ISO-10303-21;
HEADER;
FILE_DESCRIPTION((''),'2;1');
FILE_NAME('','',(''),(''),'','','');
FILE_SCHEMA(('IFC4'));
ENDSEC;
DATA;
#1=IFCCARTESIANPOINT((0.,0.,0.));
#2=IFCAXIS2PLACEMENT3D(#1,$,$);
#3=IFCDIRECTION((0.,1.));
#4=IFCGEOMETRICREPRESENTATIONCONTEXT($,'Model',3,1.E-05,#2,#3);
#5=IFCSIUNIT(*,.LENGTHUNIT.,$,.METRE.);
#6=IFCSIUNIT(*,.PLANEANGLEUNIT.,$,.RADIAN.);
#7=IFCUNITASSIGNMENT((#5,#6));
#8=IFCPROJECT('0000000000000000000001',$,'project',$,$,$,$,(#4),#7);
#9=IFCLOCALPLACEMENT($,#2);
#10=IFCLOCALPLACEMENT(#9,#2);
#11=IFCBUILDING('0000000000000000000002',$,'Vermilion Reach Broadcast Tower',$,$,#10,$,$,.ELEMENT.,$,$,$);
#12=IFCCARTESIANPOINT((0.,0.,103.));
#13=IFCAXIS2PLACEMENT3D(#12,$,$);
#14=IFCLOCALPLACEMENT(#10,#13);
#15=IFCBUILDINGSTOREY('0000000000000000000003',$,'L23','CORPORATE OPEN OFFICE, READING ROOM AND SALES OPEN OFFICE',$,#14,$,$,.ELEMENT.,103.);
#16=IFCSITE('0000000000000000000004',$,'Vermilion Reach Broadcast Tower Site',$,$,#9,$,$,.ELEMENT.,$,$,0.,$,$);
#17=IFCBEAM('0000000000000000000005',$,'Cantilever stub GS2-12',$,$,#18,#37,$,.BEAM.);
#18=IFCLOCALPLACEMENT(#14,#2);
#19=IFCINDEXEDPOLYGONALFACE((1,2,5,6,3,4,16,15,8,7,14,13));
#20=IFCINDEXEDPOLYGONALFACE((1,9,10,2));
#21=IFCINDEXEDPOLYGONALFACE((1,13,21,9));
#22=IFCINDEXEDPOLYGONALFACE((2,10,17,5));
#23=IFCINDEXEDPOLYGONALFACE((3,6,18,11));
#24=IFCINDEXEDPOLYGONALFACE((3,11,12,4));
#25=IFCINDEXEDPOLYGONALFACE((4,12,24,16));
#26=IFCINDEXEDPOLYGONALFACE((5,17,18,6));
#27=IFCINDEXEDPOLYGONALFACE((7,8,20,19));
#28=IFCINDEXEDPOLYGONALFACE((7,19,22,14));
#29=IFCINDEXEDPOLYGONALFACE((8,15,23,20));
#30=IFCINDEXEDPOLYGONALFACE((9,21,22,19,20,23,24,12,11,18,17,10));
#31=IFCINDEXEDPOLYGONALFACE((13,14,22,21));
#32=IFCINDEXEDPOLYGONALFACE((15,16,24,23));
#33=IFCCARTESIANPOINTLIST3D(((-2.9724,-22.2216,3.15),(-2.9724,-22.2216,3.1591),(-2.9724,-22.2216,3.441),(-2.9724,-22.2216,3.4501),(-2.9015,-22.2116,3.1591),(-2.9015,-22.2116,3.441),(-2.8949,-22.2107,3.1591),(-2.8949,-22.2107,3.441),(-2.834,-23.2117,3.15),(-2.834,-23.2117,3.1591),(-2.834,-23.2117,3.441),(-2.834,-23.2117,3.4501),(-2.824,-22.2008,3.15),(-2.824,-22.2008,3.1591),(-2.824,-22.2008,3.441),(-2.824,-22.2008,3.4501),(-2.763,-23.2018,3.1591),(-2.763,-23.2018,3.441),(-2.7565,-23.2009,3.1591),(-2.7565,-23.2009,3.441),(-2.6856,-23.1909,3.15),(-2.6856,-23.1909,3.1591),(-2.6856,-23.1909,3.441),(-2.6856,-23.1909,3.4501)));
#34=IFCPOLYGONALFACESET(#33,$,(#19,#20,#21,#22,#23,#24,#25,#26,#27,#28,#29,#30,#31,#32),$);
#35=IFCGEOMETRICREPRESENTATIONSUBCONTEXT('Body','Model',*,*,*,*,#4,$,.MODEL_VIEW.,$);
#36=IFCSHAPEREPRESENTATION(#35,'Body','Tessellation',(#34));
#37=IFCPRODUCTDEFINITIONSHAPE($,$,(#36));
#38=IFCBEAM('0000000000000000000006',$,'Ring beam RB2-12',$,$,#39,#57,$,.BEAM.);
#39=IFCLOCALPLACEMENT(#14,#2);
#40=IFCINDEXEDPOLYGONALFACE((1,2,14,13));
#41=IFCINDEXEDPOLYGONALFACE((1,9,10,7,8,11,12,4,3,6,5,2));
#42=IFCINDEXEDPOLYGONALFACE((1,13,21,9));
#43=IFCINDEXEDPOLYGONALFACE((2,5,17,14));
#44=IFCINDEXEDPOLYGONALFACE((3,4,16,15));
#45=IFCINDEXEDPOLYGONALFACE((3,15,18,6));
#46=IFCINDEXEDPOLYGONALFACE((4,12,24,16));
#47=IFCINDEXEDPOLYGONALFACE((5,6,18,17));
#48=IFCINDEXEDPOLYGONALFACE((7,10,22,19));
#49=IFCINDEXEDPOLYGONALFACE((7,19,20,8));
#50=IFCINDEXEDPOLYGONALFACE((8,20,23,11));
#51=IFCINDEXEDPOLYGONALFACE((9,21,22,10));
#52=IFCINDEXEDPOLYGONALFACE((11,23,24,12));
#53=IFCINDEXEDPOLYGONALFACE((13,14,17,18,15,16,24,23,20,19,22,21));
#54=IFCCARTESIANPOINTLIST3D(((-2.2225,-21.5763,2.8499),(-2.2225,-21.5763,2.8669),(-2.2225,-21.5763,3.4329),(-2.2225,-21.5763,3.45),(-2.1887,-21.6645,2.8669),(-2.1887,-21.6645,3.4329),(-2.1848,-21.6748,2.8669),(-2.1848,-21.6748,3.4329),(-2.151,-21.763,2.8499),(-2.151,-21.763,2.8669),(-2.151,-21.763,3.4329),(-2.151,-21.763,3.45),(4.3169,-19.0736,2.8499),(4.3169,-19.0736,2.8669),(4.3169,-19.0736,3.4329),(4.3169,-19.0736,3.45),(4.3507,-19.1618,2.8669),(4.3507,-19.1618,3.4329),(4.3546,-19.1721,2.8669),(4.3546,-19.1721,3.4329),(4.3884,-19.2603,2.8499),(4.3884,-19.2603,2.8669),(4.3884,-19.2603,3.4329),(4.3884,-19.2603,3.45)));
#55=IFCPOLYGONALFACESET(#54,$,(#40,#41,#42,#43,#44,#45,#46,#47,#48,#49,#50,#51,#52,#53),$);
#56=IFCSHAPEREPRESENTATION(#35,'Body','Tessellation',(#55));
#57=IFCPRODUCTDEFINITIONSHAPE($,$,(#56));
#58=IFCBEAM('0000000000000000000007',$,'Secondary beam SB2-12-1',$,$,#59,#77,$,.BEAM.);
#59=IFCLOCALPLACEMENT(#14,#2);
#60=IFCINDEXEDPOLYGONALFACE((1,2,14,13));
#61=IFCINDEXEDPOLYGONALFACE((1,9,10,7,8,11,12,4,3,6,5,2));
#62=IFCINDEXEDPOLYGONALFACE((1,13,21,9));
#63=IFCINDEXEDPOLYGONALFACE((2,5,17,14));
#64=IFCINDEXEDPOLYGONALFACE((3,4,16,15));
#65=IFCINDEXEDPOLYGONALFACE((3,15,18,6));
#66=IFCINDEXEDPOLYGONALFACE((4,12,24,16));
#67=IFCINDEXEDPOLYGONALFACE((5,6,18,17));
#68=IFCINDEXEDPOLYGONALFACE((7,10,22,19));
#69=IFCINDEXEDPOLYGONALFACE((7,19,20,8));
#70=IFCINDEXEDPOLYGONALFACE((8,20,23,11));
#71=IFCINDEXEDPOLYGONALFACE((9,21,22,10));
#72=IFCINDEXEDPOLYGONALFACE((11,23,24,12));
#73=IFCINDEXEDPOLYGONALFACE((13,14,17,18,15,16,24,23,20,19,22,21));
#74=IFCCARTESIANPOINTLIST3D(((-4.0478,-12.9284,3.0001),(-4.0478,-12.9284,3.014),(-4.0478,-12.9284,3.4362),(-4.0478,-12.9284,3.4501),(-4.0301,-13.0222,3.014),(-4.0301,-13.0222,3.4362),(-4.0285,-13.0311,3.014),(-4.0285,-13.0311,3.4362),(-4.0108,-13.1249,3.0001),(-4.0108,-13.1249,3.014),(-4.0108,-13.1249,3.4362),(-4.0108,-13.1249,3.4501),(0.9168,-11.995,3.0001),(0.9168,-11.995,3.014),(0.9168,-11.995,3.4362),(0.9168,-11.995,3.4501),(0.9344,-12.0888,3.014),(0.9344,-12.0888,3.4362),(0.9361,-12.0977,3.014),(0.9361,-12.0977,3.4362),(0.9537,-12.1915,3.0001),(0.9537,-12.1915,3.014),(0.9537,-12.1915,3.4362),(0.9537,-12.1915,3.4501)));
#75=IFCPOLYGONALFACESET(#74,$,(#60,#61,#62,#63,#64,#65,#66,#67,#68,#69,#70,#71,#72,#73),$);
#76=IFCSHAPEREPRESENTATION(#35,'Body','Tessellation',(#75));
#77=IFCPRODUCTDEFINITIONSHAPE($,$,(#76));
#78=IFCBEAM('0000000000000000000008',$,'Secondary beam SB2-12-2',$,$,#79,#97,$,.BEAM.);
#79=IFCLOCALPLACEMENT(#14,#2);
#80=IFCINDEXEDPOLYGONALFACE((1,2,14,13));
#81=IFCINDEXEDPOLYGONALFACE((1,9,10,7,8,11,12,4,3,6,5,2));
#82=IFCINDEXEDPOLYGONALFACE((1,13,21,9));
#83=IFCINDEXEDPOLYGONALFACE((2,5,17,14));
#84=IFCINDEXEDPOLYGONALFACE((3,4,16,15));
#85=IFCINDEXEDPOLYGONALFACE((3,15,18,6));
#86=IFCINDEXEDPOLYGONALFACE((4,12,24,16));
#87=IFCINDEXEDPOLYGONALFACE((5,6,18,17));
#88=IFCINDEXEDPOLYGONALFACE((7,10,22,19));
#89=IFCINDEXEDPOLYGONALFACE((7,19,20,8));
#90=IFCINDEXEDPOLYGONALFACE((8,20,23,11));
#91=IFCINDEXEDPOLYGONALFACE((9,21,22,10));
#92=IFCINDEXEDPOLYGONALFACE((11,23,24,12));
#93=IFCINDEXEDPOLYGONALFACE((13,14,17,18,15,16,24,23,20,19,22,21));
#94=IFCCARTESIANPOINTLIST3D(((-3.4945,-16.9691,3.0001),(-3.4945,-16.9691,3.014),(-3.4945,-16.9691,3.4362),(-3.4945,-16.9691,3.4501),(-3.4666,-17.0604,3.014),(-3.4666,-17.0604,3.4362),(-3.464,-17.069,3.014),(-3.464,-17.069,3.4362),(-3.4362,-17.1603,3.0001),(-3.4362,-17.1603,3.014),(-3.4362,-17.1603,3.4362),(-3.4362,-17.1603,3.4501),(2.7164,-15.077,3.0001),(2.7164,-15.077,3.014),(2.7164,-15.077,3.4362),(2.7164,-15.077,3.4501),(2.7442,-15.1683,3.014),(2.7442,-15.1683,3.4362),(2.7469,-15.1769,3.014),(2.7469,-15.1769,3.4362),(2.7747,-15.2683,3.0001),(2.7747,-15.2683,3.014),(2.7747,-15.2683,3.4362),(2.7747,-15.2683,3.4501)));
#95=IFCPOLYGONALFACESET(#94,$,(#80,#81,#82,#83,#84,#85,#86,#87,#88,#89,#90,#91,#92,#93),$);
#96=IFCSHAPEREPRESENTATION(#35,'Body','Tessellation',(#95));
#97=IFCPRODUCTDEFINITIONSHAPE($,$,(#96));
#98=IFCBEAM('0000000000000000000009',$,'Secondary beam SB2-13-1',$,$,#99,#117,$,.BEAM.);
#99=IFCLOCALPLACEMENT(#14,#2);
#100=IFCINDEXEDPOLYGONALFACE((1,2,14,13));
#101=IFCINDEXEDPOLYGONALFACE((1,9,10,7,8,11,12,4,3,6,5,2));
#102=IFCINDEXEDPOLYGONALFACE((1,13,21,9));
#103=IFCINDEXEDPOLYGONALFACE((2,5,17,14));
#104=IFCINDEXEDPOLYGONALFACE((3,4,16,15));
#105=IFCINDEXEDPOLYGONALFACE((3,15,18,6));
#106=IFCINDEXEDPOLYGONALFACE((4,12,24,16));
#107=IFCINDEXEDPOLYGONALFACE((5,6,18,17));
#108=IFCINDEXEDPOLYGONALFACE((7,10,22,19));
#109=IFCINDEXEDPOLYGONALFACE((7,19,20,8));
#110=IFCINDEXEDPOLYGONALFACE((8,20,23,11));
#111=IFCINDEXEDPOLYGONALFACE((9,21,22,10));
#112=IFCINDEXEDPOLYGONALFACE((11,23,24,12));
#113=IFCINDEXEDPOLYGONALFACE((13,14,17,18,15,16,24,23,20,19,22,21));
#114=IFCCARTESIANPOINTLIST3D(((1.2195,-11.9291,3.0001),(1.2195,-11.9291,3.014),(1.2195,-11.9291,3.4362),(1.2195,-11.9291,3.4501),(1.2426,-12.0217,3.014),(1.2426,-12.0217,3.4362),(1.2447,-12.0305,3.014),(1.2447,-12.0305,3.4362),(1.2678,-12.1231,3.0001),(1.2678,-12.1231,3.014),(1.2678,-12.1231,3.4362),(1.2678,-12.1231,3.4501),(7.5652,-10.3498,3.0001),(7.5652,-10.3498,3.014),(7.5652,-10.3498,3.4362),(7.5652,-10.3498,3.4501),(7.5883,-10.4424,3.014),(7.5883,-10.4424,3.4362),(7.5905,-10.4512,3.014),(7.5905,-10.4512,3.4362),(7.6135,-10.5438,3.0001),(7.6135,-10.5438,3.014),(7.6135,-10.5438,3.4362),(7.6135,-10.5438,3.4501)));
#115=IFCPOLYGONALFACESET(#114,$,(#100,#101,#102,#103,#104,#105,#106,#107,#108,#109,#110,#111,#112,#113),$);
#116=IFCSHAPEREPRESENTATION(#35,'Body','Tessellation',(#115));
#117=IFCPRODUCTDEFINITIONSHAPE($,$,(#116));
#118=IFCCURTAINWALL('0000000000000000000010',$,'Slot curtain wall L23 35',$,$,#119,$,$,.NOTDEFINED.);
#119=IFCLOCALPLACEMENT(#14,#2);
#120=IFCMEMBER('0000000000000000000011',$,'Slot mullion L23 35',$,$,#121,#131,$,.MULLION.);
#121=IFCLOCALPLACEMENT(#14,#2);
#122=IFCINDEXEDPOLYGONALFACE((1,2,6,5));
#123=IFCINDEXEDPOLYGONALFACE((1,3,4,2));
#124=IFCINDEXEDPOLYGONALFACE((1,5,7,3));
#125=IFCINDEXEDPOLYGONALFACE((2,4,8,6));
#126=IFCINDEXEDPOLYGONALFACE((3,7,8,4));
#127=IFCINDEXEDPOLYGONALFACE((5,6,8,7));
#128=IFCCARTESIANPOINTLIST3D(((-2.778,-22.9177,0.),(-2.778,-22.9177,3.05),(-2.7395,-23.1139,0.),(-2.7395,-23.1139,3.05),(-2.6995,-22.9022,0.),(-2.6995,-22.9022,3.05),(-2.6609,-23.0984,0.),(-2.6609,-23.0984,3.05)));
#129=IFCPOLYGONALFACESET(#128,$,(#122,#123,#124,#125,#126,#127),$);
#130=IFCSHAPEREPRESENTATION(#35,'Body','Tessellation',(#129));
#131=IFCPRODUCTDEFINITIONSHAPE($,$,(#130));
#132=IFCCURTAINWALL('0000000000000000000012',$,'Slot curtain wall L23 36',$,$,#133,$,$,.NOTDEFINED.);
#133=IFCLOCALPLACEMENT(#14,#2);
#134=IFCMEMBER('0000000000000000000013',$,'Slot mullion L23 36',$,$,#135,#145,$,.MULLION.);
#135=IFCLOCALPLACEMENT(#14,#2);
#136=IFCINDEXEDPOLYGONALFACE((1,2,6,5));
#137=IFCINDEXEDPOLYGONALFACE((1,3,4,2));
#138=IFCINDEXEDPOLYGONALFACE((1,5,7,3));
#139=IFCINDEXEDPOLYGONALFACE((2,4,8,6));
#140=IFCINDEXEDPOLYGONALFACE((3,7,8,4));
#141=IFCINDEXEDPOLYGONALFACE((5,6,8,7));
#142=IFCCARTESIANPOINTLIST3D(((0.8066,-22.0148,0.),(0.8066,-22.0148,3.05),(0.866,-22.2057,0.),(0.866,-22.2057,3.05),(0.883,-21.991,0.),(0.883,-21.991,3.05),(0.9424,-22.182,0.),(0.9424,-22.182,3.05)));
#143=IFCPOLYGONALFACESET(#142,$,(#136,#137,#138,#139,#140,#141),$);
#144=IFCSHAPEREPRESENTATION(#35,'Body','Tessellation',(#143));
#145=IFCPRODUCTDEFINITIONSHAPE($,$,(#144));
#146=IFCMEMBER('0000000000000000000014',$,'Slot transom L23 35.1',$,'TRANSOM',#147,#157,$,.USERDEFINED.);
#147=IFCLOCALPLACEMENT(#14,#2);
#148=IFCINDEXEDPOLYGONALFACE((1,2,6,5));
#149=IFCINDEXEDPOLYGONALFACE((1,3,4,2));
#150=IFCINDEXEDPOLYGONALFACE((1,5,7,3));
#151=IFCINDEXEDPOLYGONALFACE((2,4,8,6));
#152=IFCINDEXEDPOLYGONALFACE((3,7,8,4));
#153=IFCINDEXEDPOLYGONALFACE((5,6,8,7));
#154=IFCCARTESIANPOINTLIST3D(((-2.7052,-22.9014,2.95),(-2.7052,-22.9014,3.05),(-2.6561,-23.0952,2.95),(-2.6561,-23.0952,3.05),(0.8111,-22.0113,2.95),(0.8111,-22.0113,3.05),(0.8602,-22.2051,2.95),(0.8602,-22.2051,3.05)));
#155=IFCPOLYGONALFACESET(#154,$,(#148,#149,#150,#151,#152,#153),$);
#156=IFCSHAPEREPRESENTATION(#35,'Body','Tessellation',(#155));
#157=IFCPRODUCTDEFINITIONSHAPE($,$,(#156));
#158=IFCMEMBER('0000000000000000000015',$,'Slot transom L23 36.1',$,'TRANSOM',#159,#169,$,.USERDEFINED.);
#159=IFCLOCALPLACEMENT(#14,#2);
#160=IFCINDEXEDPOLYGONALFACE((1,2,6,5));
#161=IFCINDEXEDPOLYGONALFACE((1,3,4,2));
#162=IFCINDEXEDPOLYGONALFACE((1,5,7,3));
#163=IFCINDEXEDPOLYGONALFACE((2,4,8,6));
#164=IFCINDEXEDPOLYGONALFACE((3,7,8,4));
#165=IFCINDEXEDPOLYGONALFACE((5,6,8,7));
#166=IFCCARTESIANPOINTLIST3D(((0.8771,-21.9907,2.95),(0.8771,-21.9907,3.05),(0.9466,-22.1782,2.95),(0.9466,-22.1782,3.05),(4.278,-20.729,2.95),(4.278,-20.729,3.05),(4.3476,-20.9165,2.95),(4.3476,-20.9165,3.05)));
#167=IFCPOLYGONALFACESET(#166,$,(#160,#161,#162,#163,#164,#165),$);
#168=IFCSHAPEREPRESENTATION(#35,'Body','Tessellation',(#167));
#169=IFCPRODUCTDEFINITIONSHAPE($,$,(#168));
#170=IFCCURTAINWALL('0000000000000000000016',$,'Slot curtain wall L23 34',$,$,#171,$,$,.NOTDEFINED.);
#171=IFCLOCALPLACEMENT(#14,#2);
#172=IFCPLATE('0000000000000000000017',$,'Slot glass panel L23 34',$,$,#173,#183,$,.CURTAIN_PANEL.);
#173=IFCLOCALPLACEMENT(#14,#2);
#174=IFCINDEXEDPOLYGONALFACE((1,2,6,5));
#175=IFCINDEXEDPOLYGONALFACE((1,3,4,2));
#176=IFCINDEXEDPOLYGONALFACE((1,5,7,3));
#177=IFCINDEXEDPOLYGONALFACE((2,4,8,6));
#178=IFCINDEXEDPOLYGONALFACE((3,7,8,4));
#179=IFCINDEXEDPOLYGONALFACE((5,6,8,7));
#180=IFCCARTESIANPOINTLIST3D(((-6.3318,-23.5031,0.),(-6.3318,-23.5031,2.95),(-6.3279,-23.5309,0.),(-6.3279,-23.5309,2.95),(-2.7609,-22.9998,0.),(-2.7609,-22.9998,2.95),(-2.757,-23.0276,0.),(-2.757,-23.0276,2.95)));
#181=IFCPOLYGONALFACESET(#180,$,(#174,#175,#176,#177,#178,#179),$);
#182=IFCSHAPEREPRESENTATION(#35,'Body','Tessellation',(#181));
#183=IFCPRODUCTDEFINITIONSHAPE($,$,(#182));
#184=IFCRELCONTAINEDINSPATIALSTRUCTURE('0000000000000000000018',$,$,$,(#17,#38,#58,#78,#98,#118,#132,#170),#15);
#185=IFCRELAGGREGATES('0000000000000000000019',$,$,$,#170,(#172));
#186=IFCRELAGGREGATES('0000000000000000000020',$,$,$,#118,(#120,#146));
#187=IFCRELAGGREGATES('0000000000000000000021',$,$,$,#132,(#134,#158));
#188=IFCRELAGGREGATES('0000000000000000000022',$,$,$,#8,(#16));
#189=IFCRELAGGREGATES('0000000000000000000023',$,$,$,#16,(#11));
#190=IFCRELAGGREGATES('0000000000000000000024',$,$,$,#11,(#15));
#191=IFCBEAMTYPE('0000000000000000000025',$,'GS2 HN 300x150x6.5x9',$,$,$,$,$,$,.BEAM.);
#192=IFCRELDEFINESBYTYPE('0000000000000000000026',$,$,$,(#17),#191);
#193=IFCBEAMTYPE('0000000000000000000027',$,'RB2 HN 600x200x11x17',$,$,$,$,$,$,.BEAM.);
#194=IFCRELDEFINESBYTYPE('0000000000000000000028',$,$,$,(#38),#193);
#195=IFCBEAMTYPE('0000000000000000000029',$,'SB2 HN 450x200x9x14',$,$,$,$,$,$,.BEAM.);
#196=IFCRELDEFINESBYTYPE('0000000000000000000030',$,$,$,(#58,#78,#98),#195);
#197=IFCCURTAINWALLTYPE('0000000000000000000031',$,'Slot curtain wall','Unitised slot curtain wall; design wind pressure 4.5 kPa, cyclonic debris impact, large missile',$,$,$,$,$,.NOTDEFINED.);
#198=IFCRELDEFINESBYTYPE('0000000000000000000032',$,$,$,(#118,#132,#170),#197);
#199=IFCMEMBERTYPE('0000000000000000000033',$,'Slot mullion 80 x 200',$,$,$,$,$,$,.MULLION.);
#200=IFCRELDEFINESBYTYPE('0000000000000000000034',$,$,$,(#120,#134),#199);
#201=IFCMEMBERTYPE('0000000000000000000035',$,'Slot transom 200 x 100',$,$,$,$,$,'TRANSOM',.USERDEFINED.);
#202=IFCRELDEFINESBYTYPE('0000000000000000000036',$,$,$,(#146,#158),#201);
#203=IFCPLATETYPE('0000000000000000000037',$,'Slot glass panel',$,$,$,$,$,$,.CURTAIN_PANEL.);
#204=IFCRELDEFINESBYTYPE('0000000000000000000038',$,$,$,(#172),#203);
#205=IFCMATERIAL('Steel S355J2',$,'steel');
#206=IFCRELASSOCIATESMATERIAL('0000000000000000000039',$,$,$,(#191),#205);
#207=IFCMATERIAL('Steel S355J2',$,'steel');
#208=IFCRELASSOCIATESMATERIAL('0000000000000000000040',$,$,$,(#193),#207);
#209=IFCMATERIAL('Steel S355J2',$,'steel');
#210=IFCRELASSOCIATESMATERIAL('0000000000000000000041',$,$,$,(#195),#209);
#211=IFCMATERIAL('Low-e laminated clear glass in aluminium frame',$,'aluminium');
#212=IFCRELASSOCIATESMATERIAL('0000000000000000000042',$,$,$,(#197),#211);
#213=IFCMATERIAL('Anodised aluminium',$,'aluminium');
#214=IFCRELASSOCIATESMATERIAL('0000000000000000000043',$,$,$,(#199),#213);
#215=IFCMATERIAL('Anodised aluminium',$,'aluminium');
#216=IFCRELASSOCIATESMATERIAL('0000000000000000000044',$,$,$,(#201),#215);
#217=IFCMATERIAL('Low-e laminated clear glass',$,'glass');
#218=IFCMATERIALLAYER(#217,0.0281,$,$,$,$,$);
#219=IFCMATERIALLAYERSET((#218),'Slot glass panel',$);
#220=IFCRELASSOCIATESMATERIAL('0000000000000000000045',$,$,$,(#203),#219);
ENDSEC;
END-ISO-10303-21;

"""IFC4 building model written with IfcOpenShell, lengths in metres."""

from ifc_helpers import new_model, si_unit, direction, frame, origin, origin_2d, place, context, subcontext, project, spatial, rectangle, i_section, extrude, material, layer, layer_set, material_profile, profile_set, type_object, element, aggregate, save


model = new_model("IFC4")

# Units and contexts
model_context = context("Model", 3, precision=1e-05, world=origin(), true_north=direction((0.0, 1.0)))
body_context = subcontext(model_context, "Body", "Model", "MODEL_VIEW")
ifc_project = project(units=[si_unit("LENGTHUNIT", "METRE"), si_unit("PLANEANGLEUNIT", "RADIAN")], contexts=[model_context])

# Site, building, storey
site_placement = place(None, origin())
site = spatial("IfcSite", under=ifc_project, at=site_placement, Name="Vermilion Reach Broadcast Tower Site", CompositionType="ELEMENT", RefElevation=0.0)
building_placement = place(site_placement, origin())
building = spatial("IfcBuilding", under=site, at=building_placement, Name="Vermilion Reach Broadcast Tower", CompositionType="ELEMENT")
storey_placement = place(building_placement, frame((0.0, 0.0, 103.0)))
storey = spatial("IfcBuildingStorey", under=building, at=storey_placement, Name="L23", Description="CORPORATE OPEN OFFICE, READING ROOM AND SALES OPEN OFFICE", CompositionType="ELEMENT", Elevation=103.0)

# Beams
ifc_material_1 = material(Name="Steel S355J2", Category="steel")
ifc_material_profile_1 = material_profile(ifc_material_1, i_section(OverallWidth=0.1499, OverallDepth=0.3, WebThickness=0.0066, FlangeThickness=0.009, at=origin_2d()), Name="S355J2 HN 300x150x6.5x9")
ifc_profile_set_1 = profile_set([ifc_material_profile_1], Name="Steel S355J2")
beam_type_1 = type_object("IfcBeamType", Name="GS2 HN 300x150x6.5x9", PredefinedType="BEAM", material=ifc_profile_set_1)
beam_1_placement = place(storey_placement, frame((-2.8982, -22.2112, 3.3), z_axis=(0.138447, -0.99037, 0.0), x_axis=(0.99037, 0.138447, 0.0)))
element("IfcBeam", 1, at=beam_1_placement, inside=storey, type_object=beam_type_1, Name="Cantilever stub GS2-12", PredefinedType="BEAM", context=body_context, shape_type="SweptSolid", body=[
    extrude(i_section(OverallWidth=0.1499, OverallDepth=0.3, WebThickness=0.0066, FlangeThickness=0.009, at=origin_2d()), origin(), (0.0, 0.0, 1.0), 0.9998),
])
ifc_material_2 = material(Name="Steel S355J2", Category="steel")
ifc_material_profile_2 = material_profile(ifc_material_2, i_section(OverallWidth=0.2, OverallDepth=0.6001, WebThickness=0.011, FlangeThickness=0.0171, at=origin_2d()), Name="S355J2 HN 600x200x11x17")
ifc_profile_set_2 = profile_set([ifc_material_profile_2], Name="Steel S355J2")
beam_type_2 = type_object("IfcBeamType", Name="RB2 HN 600x200x11x17", PredefinedType="BEAM", material=ifc_profile_set_2)
beam_2_placement = place(storey_placement, frame((-2.1868, -21.6697, 3.1499), z_axis=(0.933939, 0.357432, 0.0), x_axis=(-0.357432, 0.933939, 0.0)))
element("IfcBeam", 2, at=beam_2_placement, inside=storey, type_object=beam_type_2, Name="Ring beam RB2-12", PredefinedType="BEAM", context=body_context, shape_type="SweptSolid", body=[
    extrude(i_section(OverallWidth=0.2, OverallDepth=0.6001, WebThickness=0.011, FlangeThickness=0.0171, at=origin_2d()), origin(), (0.0, 0.0, 1.0), 7.002),
])
ifc_material_3 = material(Name="Steel S355J2", Category="steel")
ifc_material_profile_3 = material_profile(ifc_material_3, i_section(OverallWidth=0.2, OverallDepth=0.45, WebThickness=0.009, FlangeThickness=0.0139, at=origin_2d()), Name="S355J2 HN 450x200x9x14")
ifc_profile_set_3 = profile_set([ifc_material_profile_3], Name="Steel S355J2")
beam_type_3 = type_object("IfcBeamType", Name="SB2 HN 450x200x9x14", PredefinedType="BEAM", material=ifc_profile_set_3)
beam_3_placement = place(storey_placement, frame((-4.0293, -13.0266, 3.2251), z_axis=(0.982783, 0.184764, 0.0), x_axis=(-0.184764, 0.982783, 0.0)))
element("IfcBeam", 3, at=beam_3_placement, inside=storey, type_object=beam_type_3, Name="Secondary beam SB2-12-1", PredefinedType="BEAM", context=body_context, shape_type="SweptSolid", body=[
    extrude(i_section(OverallWidth=0.2, OverallDepth=0.45, WebThickness=0.009, FlangeThickness=0.0139, at=origin_2d()), origin(), (0.0, 0.0, 1.0), 5.0515),
])
beam_4_placement = place(storey_placement, frame((-3.4653, -17.0647, 3.2251), z_axis=(0.956596, 0.291416, 0.0), x_axis=(-0.291416, 0.956596, 0.0)))
element("IfcBeam", 4, at=beam_4_placement, inside=storey, type_object=beam_type_3, Name="Secondary beam SB2-12-2", PredefinedType="BEAM", context=body_context, shape_type="SweptSolid", body=[
    extrude(i_section(OverallWidth=0.2, OverallDepth=0.45, WebThickness=0.009, FlangeThickness=0.0139, at=origin_2d()), origin(), (0.0, 0.0, 1.0), 6.4927),
])
beam_5_placement = place(storey_placement, frame((1.2437, -12.0261, 3.2251), z_axis=(0.970397, 0.241516, 0.0), x_axis=(-0.241516, 0.970397, 0.0)))
element("IfcBeam", 5, at=beam_5_placement, inside=storey, type_object=beam_type_3, Name="Secondary beam SB2-13-1", PredefinedType="BEAM", context=body_context, shape_type="SweptSolid", body=[
    extrude(i_section(OverallWidth=0.2, OverallDepth=0.45, WebThickness=0.009, FlangeThickness=0.0139, at=origin_2d()), origin(), (0.0, 0.0, 1.0), 6.5393),
])

# Curtain walls, members
ifc_material_4 = material(Name="Low-e laminated clear glass in aluminium frame", Category="aluminium")
curtain_wall_type = type_object("IfcCurtainWallType", Name="Slot curtain wall", Description="Unitised slot curtain wall; design wind pressure 4.5 kPa, cyclonic debris impact, large missile", PredefinedType="NOTDEFINED", material=ifc_material_4)
placement = place(storey_placement, origin())
curtain_wall_1 = element("IfcCurtainWall", 6, at=placement, inside=storey, type_object=curtain_wall_type, Name="Slot curtain wall L23 35", PredefinedType="NOTDEFINED")
ifc_material_5 = material(Name="Anodised aluminium", Category="aluminium")
ifc_material_profile_4 = material_profile(ifc_material_5, rectangle(XDim=0.2, YDim=0.0801, at=origin_2d()), Name="Slot mullion 80 x 200")
ifc_profile_set_4 = profile_set([ifc_material_profile_4], Name="Anodised aluminium")
member_type_1 = type_object("IfcMemberType", Name="Slot mullion 80 x 200", PredefinedType="MULLION", material=ifc_profile_set_4)
member_1_placement = place(storey_placement, frame((-2.7195, -23.0081, 0.0), z_axis=(0.0, 0.0, 1.0), x_axis=(-0.192763, 0.981245, 0.0)))
member_1 = element("IfcMember", 7, at=member_1_placement, type_object=member_type_1, Name="Slot mullion L23 35", PredefinedType="MULLION", context=body_context, shape_type="SweptSolid", body=[
    extrude(rectangle(XDim=0.2, YDim=0.0801, at=origin_2d()), origin(), (0.0, 0.0, 1.0), 3.05),
])
curtain_wall_2 = element("IfcCurtainWall", 8, at=placement, inside=storey, type_object=curtain_wall_type, Name="Slot curtain wall L23 36", PredefinedType="NOTDEFINED")
member_2_placement = place(storey_placement, frame((0.8745, -22.0984, 0.0), z_axis=(0.0, 0.0, 1.0), x_axis=(-0.297042, 0.954865, 0.0)))
member_2 = element("IfcMember", 9, at=member_2_placement, type_object=member_type_1, Name="Slot mullion L23 36", PredefinedType="MULLION", context=body_context, shape_type="SweptSolid", body=[
    extrude(rectangle(XDim=0.2, YDim=0.0801, at=origin_2d()), origin(), (0.0, 0.0, 1.0), 3.05),
])

# Members
ifc_material_6 = material(Name="Anodised aluminium", Category="aluminium")
ifc_material_profile_5 = material_profile(ifc_material_6, rectangle(XDim=0.2, YDim=0.1001, at=origin_2d()), Name="Slot transom 200 x 100")
ifc_profile_set_5 = profile_set([ifc_material_profile_5], Name="Anodised aluminium")
member_type_2 = type_object("IfcMemberType", Name="Slot transom 200 x 100", ElementType="TRANSOM", PredefinedType="USERDEFINED", material=ifc_profile_set_5)
member_3_placement = place(storey_placement, frame((-2.6807, -22.9983, 3.0), z_axis=(0.969422, 0.245401, 0.0), x_axis=(-0.245401, 0.969422, 0.0)))
member_3 = element("IfcMember", 10, at=member_3_placement, type_object=member_type_2, Name="Slot transom L23 35.1", ObjectType="TRANSOM", PredefinedType="USERDEFINED", context=body_context, shape_type="SweptSolid", body=[
    extrude(rectangle(XDim=0.2, YDim=0.1001, at=origin_2d()), origin(), (0.0, 0.0, 1.0), 3.6272),
])
member_4_placement = place(storey_placement, frame((0.9119, -22.0845, 3.0), z_axis=(0.937557, 0.347832, 0.0), x_axis=(-0.347832, 0.937557, 0.0)))
member_4 = element("IfcMember", 11, at=member_4_placement, type_object=member_type_2, Name="Slot transom L23 36.1", ObjectType="TRANSOM", PredefinedType="USERDEFINED", context=body_context, shape_type="SweptSolid", body=[
    extrude(rectangle(XDim=0.2, YDim=0.1001, at=origin_2d()), origin(), (0.0, 0.0, 1.0), 3.6274),
])

# Curtain wall, plate
curtain_wall_3 = element("IfcCurtainWall", 12, at=placement, inside=storey, type_object=curtain_wall_type, Name="Slot curtain wall L23 34", PredefinedType="NOTDEFINED")
ifc_material_7 = material(Name="Low-e laminated clear glass", Category="glass")
ifc_layer_1 = layer(ifc_material_7, 0.0281)
ifc_layer_set_1 = layer_set([ifc_layer_1], Name="Slot glass panel")
plate_type = type_object("IfcPlateType", Name="Slot glass panel", PredefinedType="CURTAIN_PANEL", material=ifc_layer_set_1)
plate_1_placement = place(storey_placement, frame((-4.5444, -23.2654, 0.0), z_axis=(0.0, 0.0, 1.0), x_axis=(0.990213, 0.139561, 0.0)))
plate_1 = element("IfcPlate", 13, at=plate_1_placement, type_object=plate_type, Name="Slot glass panel L23 34", PredefinedType="CURTAIN_PANEL", context=body_context, shape_type="SweptSolid", body=[
    extrude(rectangle(XDim=3.6062, YDim=0.0281, at=origin_2d()), origin(), (0.0, 0.0, 1.0), 2.95),
])
aggregate(curtain_wall_3, [plate_1])

aggregate(curtain_wall_1, [member_1, member_3])
aggregate(curtain_wall_2, [member_2, member_4])

save(model, "model.ifc")
